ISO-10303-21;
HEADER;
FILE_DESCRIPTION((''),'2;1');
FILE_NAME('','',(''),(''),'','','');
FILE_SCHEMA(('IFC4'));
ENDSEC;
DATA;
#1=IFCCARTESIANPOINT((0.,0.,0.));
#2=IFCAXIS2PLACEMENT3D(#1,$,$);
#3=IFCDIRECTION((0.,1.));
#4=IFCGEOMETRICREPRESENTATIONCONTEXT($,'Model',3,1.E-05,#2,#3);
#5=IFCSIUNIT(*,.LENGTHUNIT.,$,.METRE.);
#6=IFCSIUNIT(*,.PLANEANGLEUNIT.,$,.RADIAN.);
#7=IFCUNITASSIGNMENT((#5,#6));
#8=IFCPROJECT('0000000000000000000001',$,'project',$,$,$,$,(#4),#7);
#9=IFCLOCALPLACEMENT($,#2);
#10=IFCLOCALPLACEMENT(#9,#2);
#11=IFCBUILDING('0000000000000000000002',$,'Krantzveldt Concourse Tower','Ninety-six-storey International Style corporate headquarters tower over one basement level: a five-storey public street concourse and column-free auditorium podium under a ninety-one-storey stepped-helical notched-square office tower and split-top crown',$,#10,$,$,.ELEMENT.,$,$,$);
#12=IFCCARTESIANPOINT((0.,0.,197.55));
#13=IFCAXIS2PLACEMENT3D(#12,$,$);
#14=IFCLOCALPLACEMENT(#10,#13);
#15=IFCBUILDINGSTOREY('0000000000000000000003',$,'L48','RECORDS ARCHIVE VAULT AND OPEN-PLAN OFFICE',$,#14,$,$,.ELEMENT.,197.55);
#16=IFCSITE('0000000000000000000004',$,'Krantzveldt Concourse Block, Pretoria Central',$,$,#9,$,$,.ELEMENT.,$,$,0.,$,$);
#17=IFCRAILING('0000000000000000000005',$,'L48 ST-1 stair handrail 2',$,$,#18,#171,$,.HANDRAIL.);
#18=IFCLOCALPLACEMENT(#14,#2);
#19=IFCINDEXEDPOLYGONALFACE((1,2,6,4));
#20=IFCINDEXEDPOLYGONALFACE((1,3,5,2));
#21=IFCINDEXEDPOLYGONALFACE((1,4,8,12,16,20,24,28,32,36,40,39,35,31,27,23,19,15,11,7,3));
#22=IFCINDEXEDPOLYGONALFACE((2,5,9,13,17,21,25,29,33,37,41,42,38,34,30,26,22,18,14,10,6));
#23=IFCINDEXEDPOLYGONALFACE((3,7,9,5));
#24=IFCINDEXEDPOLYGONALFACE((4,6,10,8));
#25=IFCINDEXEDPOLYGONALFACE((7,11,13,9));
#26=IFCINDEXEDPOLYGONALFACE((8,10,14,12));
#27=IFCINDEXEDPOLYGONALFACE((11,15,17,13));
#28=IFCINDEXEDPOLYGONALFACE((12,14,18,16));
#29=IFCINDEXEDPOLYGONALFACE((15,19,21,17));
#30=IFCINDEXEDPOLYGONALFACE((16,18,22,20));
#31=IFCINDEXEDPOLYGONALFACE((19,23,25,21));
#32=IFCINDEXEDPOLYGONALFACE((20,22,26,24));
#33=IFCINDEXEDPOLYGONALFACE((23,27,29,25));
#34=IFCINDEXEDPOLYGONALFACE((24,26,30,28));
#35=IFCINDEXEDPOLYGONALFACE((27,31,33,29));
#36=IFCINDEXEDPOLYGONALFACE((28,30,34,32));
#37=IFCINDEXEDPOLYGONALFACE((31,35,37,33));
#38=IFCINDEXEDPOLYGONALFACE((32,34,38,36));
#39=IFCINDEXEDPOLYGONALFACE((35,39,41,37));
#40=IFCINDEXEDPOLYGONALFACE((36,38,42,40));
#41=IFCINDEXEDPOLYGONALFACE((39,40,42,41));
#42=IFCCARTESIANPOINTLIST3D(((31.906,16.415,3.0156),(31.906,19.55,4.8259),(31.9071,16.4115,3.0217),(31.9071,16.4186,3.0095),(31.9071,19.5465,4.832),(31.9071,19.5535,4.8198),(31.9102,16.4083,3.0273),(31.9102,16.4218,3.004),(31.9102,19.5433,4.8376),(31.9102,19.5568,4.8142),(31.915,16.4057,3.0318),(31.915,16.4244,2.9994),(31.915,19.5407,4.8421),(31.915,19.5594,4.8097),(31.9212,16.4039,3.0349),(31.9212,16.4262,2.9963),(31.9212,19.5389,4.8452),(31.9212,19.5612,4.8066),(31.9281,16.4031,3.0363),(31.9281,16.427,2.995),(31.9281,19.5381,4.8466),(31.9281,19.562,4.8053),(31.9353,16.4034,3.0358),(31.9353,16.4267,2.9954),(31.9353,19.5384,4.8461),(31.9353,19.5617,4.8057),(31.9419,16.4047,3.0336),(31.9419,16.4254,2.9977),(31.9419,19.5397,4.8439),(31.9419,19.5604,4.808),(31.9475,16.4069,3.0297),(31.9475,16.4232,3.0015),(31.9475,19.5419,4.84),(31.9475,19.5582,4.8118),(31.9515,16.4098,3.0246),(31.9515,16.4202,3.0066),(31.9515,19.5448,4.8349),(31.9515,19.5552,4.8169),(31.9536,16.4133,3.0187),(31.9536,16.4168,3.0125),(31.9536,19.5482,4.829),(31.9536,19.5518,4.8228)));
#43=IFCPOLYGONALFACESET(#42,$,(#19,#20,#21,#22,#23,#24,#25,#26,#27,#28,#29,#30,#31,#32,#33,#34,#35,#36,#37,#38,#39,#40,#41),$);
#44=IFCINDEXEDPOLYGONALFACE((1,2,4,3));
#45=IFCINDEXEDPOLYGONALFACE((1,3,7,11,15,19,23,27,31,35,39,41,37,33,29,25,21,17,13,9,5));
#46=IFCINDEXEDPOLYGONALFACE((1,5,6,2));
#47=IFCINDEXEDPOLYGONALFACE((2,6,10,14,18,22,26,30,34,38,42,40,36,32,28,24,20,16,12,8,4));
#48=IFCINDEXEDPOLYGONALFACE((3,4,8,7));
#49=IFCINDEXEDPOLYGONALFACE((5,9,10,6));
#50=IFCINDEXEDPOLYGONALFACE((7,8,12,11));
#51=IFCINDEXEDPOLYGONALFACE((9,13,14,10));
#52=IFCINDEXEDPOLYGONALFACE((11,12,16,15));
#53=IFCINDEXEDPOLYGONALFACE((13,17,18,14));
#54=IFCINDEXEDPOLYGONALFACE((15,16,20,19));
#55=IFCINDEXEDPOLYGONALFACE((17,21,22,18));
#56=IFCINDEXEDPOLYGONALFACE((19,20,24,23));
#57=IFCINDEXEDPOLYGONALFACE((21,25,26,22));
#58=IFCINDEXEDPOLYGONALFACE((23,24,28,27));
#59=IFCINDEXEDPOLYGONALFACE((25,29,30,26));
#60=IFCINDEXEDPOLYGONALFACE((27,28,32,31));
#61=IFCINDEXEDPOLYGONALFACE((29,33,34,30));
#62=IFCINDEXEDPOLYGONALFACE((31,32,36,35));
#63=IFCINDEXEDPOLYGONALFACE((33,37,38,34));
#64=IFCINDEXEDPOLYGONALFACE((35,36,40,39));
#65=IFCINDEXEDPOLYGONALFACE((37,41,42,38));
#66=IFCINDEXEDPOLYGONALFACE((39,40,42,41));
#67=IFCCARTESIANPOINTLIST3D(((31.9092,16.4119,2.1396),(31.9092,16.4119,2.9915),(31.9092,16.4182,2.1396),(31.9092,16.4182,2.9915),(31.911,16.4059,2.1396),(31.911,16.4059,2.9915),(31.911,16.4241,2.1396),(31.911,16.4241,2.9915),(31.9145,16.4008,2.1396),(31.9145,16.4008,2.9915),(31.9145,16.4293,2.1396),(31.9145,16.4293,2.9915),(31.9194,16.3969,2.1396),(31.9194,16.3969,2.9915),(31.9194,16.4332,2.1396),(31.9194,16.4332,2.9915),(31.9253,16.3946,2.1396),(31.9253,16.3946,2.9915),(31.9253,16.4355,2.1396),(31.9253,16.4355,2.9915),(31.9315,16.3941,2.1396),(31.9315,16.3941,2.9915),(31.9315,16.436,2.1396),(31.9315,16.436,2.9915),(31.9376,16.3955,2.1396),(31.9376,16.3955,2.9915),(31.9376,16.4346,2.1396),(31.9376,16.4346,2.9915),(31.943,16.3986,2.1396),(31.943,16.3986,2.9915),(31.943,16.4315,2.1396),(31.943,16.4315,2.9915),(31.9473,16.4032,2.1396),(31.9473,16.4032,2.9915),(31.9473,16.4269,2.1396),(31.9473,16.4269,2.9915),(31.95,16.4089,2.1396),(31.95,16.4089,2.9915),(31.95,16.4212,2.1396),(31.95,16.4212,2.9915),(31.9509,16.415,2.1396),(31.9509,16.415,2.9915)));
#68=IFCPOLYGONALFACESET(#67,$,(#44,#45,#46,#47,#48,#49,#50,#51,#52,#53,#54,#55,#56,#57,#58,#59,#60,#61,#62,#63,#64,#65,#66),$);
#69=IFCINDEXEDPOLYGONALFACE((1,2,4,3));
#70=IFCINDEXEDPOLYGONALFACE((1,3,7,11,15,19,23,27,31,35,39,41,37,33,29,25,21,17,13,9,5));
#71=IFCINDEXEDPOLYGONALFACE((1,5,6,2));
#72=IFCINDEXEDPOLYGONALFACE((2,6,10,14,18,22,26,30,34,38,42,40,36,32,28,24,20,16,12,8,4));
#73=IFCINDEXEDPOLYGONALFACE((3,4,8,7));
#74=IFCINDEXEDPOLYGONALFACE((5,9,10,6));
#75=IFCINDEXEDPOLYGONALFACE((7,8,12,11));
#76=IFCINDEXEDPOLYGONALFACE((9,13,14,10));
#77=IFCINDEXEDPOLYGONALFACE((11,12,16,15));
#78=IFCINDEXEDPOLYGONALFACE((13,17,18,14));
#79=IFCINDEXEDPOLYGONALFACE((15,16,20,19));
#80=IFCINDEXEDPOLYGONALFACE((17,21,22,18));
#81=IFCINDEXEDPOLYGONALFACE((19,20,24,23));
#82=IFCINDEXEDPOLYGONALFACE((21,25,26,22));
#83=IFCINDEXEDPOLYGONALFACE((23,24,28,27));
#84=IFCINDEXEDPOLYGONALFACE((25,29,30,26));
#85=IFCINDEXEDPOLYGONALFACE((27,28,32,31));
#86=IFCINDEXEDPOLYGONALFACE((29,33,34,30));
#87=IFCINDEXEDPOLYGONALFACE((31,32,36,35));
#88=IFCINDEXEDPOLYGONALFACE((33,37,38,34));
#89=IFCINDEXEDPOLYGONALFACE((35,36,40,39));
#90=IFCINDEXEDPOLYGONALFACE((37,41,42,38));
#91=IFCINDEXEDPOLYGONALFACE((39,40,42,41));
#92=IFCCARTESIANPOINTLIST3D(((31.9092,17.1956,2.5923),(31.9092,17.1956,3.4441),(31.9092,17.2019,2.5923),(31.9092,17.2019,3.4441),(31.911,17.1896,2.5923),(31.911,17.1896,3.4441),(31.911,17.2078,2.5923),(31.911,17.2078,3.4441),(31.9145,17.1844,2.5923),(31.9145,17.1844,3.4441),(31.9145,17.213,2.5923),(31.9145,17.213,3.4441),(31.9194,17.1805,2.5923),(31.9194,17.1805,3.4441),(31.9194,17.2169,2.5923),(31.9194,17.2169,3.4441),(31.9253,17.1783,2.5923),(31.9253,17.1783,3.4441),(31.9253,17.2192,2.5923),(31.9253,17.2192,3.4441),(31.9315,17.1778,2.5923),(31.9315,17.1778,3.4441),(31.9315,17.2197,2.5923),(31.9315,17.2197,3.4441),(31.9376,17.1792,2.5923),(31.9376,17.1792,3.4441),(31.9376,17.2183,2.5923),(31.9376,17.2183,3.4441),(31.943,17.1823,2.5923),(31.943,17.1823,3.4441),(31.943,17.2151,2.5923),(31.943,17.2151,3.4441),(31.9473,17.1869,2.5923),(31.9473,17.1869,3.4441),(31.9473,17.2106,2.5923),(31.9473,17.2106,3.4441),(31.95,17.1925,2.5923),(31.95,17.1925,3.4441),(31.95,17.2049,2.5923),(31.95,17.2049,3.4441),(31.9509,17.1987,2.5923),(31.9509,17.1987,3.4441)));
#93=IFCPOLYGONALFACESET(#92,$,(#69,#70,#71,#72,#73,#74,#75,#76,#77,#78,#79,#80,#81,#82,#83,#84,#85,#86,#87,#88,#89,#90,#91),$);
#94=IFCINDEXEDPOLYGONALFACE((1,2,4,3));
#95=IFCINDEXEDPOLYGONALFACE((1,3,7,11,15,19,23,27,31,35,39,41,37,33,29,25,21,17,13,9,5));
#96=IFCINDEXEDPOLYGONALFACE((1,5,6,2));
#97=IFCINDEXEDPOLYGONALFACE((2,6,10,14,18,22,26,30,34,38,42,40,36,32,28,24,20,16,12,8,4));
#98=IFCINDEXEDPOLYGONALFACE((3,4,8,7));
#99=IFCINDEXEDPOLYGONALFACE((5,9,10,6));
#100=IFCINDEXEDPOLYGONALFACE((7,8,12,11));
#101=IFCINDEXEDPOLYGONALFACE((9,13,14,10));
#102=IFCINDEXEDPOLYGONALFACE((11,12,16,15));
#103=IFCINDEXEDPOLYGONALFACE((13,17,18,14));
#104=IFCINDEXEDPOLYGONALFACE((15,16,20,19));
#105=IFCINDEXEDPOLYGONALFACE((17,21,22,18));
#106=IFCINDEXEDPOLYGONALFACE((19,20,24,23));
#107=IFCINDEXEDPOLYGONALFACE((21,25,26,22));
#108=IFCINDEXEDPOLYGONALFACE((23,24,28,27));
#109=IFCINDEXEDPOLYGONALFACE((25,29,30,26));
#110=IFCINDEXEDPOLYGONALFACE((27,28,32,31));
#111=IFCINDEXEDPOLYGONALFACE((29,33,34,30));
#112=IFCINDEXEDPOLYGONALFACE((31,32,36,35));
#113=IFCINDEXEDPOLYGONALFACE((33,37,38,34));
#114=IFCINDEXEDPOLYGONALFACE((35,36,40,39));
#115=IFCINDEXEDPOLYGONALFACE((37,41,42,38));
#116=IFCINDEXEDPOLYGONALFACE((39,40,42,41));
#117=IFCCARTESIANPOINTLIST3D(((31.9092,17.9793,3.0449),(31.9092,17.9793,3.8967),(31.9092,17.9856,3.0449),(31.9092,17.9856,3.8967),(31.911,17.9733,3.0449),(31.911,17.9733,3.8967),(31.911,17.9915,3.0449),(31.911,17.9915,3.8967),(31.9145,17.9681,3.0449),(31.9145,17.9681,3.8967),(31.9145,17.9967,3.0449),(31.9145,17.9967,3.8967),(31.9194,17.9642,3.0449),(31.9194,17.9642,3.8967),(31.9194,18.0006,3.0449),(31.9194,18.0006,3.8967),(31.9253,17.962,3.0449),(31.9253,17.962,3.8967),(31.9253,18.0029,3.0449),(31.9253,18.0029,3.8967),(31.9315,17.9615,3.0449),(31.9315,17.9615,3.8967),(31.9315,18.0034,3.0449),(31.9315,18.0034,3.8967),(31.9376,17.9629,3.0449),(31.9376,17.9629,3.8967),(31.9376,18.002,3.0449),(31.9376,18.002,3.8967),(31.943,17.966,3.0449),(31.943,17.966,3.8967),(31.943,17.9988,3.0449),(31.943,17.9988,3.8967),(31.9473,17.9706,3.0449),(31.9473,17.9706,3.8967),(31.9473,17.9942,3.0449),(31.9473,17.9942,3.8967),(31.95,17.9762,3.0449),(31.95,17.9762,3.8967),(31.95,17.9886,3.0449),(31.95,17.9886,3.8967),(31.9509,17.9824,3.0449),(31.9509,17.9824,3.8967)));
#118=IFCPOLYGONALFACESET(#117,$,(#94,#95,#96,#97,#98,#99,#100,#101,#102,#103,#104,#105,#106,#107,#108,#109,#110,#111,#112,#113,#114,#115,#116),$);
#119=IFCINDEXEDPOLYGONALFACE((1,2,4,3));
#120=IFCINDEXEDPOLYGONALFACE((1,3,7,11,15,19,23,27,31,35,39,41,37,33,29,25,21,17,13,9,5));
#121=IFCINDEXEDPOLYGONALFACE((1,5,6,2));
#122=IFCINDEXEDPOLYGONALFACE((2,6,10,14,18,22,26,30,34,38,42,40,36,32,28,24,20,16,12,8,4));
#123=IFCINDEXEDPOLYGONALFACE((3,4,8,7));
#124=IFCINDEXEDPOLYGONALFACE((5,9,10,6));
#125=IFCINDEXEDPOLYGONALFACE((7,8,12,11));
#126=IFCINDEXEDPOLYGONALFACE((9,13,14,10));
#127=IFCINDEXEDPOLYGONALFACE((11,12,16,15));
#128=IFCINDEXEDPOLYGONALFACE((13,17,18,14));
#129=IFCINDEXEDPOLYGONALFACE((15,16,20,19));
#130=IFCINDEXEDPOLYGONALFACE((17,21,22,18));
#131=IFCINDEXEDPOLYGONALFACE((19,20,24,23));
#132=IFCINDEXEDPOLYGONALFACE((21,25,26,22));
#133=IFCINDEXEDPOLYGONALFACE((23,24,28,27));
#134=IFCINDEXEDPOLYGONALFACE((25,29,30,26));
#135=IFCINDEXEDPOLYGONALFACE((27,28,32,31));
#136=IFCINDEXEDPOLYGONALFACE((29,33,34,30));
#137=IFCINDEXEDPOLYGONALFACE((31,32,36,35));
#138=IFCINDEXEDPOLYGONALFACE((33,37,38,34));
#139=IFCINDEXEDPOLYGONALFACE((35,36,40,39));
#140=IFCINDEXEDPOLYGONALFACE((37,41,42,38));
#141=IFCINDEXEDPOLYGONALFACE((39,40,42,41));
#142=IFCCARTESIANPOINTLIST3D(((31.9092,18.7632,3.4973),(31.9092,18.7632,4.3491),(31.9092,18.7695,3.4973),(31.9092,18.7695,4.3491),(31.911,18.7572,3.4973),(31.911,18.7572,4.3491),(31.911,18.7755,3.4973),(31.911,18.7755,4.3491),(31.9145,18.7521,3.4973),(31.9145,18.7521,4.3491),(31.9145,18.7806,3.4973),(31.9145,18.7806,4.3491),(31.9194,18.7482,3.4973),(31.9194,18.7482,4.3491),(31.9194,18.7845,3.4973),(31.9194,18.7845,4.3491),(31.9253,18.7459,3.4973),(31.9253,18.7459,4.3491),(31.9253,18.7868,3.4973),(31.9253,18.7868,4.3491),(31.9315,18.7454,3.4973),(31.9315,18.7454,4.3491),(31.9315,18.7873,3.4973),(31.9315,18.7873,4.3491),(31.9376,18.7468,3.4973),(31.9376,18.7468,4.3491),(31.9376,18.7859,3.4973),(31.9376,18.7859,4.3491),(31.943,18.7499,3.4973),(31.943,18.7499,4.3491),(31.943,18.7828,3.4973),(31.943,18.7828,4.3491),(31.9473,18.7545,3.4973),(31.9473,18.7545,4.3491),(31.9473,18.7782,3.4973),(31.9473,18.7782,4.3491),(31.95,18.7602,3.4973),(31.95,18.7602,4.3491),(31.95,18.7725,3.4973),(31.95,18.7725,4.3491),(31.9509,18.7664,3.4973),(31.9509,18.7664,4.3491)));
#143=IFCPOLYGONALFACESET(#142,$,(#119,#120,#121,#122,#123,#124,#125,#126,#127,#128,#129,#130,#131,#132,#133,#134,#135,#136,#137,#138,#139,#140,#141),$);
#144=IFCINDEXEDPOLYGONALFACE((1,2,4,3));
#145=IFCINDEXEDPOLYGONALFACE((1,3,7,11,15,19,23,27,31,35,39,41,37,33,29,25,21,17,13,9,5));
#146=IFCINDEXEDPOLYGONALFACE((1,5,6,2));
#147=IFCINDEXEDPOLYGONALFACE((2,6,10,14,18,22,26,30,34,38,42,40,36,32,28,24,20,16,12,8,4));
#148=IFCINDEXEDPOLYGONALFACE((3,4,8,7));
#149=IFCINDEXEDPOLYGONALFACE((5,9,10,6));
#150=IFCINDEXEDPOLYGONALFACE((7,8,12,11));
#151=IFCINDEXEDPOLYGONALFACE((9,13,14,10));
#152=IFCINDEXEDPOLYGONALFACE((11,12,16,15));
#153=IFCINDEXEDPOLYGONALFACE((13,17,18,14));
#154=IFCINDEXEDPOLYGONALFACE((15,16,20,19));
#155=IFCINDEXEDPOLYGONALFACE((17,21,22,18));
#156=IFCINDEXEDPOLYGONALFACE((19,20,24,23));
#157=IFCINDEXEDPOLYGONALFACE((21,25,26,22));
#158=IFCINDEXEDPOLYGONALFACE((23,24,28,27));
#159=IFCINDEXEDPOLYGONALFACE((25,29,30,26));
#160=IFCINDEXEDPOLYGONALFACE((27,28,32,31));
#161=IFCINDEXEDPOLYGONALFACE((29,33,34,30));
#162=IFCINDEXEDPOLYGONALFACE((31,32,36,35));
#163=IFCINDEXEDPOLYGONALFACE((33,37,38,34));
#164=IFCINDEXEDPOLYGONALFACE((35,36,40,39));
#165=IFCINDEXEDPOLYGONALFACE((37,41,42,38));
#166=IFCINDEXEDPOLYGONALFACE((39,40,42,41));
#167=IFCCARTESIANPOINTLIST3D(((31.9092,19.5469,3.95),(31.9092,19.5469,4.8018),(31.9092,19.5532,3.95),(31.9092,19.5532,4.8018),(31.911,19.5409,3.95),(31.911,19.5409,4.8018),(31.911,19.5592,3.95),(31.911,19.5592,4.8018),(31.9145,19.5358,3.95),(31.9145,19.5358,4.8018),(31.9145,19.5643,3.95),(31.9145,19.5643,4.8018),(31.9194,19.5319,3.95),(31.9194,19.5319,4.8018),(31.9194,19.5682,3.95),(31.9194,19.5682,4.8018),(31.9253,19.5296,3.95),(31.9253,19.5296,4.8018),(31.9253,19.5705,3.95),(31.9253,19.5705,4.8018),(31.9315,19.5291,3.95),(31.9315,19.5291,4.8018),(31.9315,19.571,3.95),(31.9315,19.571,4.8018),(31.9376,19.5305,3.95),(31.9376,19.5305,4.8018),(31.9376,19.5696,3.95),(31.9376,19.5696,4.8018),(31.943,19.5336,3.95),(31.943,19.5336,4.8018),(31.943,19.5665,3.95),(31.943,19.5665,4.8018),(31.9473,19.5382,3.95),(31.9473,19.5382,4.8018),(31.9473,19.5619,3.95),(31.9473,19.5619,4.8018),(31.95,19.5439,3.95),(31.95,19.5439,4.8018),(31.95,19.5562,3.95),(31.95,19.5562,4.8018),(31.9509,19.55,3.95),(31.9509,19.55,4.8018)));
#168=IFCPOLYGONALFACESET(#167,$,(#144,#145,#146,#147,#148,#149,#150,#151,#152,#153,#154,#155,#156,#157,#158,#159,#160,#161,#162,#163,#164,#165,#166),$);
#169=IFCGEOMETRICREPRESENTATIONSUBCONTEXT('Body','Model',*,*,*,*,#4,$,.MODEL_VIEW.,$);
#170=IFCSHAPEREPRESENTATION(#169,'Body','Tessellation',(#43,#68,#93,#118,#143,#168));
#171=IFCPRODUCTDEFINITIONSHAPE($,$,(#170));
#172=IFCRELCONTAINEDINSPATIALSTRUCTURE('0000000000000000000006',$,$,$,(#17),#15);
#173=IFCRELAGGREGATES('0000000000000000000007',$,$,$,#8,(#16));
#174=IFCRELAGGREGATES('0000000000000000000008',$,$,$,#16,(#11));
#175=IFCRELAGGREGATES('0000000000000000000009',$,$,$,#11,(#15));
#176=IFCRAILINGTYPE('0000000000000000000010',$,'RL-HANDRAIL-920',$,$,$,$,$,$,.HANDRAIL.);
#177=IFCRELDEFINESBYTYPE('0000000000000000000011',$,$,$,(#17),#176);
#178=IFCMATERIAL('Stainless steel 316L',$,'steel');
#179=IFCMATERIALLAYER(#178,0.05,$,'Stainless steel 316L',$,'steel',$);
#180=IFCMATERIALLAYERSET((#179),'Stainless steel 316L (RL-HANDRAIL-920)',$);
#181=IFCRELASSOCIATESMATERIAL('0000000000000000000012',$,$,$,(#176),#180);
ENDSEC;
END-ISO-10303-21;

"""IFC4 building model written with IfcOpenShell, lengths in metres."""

from ifc_helpers import new_model, si_unit, direction, frame, origin, origin_2d, place, context, subcontext, project, spatial, circle, extrude, material, layer, layer_set, type_object, element, save


model = new_model("IFC4")

# Units and contexts
model_context = context("Model", 3, precision=1e-05, world=origin(), true_north=direction((0.0, 1.0)))
body_context = subcontext(model_context, "Body", "Model", "MODEL_VIEW")
ifc_project = project(units=[si_unit("LENGTHUNIT", "METRE"), si_unit("PLANEANGLEUNIT", "RADIAN")], contexts=[model_context])

# Site, building, storey
site_placement = place(None, origin())
site = spatial("IfcSite", under=ifc_project, at=site_placement, Name="Krantzveldt Concourse Block, Pretoria Central", CompositionType="ELEMENT", RefElevation=0.0)
building_placement = place(site_placement, origin())
building = spatial("IfcBuilding", under=site, at=building_placement, Name="Krantzveldt Concourse Tower", Description="Ninety-six-storey International Style corporate headquarters tower over one basement level: a five-storey public street concourse and column-free auditorium podium under a ninety-one-storey stepped-helical notched-square office tower and split-top crown", CompositionType="ELEMENT")
storey_placement = place(building_placement, frame((0.0, 0.0, 197.55)))
storey = spatial("IfcBuildingStorey", under=building, at=storey_placement, Name="L48", Description="RECORDS ARCHIVE VAULT AND OPEN-PLAN OFFICE", CompositionType="ELEMENT", Elevation=197.55)

# Shared definitions
ifc_material_1 = material(Name="Stainless steel 316L", Category="steel")

# Railing
ifc_layer_1 = layer(ifc_material_1, 0.05, Name="Stainless steel 316L", Category="steel")
ifc_layer_set_1 = layer_set([ifc_layer_1], Name="Stainless steel 316L (RL-HANDRAIL-920)")
railing_type_1 = type_object("IfcRailingType", Name="RL-HANDRAIL-920", PredefinedType="HANDRAIL", material=ifc_layer_set_1)
railing_1_placement = place(storey_placement, frame((31.9299, 16.415, 2.1396)))
element("IfcRailing", 1, at=railing_1_placement, inside=storey, type_object=railing_type_1, Name="L48 ST-1 stair handrail 2", PredefinedType="HANDRAIL", context=body_context, shape_type="SweptSolid", body=[
    extrude(circle(Radius=0.0239, at=origin_2d()), frame((0.0, 0.0, 0.876), z_axis=(0.0, 0.865989, 0.500063), x_axis=(-1.0, 0.0, 0.0)), (0.0, 0.0, 1.0), 3.6201),
    extrude(circle(Radius=0.021, at=origin_2d()), origin(), (0.0, 0.0, 1.0), 0.8518),
    extrude(circle(Radius=0.021, at=origin_2d()), frame((0.0, 0.7837, 0.4526)), (0.0, 0.0, 1.0), 0.8518),
    extrude(circle(Radius=0.021, at=origin_2d()), frame((0.0, 1.5674, 0.9053)), (0.0, 0.0, 1.0), 0.8518),
    extrude(circle(Radius=0.021, at=origin_2d()), frame((0.0, 2.3513, 1.3577)), (0.0, 0.0, 1.0), 0.8518),
    extrude(circle(Radius=0.021, at=origin_2d()), frame((0.0, 3.135, 1.8103)), (0.0, 0.0, 1.0), 0.8518),
])

save(model, "model.ifc")
